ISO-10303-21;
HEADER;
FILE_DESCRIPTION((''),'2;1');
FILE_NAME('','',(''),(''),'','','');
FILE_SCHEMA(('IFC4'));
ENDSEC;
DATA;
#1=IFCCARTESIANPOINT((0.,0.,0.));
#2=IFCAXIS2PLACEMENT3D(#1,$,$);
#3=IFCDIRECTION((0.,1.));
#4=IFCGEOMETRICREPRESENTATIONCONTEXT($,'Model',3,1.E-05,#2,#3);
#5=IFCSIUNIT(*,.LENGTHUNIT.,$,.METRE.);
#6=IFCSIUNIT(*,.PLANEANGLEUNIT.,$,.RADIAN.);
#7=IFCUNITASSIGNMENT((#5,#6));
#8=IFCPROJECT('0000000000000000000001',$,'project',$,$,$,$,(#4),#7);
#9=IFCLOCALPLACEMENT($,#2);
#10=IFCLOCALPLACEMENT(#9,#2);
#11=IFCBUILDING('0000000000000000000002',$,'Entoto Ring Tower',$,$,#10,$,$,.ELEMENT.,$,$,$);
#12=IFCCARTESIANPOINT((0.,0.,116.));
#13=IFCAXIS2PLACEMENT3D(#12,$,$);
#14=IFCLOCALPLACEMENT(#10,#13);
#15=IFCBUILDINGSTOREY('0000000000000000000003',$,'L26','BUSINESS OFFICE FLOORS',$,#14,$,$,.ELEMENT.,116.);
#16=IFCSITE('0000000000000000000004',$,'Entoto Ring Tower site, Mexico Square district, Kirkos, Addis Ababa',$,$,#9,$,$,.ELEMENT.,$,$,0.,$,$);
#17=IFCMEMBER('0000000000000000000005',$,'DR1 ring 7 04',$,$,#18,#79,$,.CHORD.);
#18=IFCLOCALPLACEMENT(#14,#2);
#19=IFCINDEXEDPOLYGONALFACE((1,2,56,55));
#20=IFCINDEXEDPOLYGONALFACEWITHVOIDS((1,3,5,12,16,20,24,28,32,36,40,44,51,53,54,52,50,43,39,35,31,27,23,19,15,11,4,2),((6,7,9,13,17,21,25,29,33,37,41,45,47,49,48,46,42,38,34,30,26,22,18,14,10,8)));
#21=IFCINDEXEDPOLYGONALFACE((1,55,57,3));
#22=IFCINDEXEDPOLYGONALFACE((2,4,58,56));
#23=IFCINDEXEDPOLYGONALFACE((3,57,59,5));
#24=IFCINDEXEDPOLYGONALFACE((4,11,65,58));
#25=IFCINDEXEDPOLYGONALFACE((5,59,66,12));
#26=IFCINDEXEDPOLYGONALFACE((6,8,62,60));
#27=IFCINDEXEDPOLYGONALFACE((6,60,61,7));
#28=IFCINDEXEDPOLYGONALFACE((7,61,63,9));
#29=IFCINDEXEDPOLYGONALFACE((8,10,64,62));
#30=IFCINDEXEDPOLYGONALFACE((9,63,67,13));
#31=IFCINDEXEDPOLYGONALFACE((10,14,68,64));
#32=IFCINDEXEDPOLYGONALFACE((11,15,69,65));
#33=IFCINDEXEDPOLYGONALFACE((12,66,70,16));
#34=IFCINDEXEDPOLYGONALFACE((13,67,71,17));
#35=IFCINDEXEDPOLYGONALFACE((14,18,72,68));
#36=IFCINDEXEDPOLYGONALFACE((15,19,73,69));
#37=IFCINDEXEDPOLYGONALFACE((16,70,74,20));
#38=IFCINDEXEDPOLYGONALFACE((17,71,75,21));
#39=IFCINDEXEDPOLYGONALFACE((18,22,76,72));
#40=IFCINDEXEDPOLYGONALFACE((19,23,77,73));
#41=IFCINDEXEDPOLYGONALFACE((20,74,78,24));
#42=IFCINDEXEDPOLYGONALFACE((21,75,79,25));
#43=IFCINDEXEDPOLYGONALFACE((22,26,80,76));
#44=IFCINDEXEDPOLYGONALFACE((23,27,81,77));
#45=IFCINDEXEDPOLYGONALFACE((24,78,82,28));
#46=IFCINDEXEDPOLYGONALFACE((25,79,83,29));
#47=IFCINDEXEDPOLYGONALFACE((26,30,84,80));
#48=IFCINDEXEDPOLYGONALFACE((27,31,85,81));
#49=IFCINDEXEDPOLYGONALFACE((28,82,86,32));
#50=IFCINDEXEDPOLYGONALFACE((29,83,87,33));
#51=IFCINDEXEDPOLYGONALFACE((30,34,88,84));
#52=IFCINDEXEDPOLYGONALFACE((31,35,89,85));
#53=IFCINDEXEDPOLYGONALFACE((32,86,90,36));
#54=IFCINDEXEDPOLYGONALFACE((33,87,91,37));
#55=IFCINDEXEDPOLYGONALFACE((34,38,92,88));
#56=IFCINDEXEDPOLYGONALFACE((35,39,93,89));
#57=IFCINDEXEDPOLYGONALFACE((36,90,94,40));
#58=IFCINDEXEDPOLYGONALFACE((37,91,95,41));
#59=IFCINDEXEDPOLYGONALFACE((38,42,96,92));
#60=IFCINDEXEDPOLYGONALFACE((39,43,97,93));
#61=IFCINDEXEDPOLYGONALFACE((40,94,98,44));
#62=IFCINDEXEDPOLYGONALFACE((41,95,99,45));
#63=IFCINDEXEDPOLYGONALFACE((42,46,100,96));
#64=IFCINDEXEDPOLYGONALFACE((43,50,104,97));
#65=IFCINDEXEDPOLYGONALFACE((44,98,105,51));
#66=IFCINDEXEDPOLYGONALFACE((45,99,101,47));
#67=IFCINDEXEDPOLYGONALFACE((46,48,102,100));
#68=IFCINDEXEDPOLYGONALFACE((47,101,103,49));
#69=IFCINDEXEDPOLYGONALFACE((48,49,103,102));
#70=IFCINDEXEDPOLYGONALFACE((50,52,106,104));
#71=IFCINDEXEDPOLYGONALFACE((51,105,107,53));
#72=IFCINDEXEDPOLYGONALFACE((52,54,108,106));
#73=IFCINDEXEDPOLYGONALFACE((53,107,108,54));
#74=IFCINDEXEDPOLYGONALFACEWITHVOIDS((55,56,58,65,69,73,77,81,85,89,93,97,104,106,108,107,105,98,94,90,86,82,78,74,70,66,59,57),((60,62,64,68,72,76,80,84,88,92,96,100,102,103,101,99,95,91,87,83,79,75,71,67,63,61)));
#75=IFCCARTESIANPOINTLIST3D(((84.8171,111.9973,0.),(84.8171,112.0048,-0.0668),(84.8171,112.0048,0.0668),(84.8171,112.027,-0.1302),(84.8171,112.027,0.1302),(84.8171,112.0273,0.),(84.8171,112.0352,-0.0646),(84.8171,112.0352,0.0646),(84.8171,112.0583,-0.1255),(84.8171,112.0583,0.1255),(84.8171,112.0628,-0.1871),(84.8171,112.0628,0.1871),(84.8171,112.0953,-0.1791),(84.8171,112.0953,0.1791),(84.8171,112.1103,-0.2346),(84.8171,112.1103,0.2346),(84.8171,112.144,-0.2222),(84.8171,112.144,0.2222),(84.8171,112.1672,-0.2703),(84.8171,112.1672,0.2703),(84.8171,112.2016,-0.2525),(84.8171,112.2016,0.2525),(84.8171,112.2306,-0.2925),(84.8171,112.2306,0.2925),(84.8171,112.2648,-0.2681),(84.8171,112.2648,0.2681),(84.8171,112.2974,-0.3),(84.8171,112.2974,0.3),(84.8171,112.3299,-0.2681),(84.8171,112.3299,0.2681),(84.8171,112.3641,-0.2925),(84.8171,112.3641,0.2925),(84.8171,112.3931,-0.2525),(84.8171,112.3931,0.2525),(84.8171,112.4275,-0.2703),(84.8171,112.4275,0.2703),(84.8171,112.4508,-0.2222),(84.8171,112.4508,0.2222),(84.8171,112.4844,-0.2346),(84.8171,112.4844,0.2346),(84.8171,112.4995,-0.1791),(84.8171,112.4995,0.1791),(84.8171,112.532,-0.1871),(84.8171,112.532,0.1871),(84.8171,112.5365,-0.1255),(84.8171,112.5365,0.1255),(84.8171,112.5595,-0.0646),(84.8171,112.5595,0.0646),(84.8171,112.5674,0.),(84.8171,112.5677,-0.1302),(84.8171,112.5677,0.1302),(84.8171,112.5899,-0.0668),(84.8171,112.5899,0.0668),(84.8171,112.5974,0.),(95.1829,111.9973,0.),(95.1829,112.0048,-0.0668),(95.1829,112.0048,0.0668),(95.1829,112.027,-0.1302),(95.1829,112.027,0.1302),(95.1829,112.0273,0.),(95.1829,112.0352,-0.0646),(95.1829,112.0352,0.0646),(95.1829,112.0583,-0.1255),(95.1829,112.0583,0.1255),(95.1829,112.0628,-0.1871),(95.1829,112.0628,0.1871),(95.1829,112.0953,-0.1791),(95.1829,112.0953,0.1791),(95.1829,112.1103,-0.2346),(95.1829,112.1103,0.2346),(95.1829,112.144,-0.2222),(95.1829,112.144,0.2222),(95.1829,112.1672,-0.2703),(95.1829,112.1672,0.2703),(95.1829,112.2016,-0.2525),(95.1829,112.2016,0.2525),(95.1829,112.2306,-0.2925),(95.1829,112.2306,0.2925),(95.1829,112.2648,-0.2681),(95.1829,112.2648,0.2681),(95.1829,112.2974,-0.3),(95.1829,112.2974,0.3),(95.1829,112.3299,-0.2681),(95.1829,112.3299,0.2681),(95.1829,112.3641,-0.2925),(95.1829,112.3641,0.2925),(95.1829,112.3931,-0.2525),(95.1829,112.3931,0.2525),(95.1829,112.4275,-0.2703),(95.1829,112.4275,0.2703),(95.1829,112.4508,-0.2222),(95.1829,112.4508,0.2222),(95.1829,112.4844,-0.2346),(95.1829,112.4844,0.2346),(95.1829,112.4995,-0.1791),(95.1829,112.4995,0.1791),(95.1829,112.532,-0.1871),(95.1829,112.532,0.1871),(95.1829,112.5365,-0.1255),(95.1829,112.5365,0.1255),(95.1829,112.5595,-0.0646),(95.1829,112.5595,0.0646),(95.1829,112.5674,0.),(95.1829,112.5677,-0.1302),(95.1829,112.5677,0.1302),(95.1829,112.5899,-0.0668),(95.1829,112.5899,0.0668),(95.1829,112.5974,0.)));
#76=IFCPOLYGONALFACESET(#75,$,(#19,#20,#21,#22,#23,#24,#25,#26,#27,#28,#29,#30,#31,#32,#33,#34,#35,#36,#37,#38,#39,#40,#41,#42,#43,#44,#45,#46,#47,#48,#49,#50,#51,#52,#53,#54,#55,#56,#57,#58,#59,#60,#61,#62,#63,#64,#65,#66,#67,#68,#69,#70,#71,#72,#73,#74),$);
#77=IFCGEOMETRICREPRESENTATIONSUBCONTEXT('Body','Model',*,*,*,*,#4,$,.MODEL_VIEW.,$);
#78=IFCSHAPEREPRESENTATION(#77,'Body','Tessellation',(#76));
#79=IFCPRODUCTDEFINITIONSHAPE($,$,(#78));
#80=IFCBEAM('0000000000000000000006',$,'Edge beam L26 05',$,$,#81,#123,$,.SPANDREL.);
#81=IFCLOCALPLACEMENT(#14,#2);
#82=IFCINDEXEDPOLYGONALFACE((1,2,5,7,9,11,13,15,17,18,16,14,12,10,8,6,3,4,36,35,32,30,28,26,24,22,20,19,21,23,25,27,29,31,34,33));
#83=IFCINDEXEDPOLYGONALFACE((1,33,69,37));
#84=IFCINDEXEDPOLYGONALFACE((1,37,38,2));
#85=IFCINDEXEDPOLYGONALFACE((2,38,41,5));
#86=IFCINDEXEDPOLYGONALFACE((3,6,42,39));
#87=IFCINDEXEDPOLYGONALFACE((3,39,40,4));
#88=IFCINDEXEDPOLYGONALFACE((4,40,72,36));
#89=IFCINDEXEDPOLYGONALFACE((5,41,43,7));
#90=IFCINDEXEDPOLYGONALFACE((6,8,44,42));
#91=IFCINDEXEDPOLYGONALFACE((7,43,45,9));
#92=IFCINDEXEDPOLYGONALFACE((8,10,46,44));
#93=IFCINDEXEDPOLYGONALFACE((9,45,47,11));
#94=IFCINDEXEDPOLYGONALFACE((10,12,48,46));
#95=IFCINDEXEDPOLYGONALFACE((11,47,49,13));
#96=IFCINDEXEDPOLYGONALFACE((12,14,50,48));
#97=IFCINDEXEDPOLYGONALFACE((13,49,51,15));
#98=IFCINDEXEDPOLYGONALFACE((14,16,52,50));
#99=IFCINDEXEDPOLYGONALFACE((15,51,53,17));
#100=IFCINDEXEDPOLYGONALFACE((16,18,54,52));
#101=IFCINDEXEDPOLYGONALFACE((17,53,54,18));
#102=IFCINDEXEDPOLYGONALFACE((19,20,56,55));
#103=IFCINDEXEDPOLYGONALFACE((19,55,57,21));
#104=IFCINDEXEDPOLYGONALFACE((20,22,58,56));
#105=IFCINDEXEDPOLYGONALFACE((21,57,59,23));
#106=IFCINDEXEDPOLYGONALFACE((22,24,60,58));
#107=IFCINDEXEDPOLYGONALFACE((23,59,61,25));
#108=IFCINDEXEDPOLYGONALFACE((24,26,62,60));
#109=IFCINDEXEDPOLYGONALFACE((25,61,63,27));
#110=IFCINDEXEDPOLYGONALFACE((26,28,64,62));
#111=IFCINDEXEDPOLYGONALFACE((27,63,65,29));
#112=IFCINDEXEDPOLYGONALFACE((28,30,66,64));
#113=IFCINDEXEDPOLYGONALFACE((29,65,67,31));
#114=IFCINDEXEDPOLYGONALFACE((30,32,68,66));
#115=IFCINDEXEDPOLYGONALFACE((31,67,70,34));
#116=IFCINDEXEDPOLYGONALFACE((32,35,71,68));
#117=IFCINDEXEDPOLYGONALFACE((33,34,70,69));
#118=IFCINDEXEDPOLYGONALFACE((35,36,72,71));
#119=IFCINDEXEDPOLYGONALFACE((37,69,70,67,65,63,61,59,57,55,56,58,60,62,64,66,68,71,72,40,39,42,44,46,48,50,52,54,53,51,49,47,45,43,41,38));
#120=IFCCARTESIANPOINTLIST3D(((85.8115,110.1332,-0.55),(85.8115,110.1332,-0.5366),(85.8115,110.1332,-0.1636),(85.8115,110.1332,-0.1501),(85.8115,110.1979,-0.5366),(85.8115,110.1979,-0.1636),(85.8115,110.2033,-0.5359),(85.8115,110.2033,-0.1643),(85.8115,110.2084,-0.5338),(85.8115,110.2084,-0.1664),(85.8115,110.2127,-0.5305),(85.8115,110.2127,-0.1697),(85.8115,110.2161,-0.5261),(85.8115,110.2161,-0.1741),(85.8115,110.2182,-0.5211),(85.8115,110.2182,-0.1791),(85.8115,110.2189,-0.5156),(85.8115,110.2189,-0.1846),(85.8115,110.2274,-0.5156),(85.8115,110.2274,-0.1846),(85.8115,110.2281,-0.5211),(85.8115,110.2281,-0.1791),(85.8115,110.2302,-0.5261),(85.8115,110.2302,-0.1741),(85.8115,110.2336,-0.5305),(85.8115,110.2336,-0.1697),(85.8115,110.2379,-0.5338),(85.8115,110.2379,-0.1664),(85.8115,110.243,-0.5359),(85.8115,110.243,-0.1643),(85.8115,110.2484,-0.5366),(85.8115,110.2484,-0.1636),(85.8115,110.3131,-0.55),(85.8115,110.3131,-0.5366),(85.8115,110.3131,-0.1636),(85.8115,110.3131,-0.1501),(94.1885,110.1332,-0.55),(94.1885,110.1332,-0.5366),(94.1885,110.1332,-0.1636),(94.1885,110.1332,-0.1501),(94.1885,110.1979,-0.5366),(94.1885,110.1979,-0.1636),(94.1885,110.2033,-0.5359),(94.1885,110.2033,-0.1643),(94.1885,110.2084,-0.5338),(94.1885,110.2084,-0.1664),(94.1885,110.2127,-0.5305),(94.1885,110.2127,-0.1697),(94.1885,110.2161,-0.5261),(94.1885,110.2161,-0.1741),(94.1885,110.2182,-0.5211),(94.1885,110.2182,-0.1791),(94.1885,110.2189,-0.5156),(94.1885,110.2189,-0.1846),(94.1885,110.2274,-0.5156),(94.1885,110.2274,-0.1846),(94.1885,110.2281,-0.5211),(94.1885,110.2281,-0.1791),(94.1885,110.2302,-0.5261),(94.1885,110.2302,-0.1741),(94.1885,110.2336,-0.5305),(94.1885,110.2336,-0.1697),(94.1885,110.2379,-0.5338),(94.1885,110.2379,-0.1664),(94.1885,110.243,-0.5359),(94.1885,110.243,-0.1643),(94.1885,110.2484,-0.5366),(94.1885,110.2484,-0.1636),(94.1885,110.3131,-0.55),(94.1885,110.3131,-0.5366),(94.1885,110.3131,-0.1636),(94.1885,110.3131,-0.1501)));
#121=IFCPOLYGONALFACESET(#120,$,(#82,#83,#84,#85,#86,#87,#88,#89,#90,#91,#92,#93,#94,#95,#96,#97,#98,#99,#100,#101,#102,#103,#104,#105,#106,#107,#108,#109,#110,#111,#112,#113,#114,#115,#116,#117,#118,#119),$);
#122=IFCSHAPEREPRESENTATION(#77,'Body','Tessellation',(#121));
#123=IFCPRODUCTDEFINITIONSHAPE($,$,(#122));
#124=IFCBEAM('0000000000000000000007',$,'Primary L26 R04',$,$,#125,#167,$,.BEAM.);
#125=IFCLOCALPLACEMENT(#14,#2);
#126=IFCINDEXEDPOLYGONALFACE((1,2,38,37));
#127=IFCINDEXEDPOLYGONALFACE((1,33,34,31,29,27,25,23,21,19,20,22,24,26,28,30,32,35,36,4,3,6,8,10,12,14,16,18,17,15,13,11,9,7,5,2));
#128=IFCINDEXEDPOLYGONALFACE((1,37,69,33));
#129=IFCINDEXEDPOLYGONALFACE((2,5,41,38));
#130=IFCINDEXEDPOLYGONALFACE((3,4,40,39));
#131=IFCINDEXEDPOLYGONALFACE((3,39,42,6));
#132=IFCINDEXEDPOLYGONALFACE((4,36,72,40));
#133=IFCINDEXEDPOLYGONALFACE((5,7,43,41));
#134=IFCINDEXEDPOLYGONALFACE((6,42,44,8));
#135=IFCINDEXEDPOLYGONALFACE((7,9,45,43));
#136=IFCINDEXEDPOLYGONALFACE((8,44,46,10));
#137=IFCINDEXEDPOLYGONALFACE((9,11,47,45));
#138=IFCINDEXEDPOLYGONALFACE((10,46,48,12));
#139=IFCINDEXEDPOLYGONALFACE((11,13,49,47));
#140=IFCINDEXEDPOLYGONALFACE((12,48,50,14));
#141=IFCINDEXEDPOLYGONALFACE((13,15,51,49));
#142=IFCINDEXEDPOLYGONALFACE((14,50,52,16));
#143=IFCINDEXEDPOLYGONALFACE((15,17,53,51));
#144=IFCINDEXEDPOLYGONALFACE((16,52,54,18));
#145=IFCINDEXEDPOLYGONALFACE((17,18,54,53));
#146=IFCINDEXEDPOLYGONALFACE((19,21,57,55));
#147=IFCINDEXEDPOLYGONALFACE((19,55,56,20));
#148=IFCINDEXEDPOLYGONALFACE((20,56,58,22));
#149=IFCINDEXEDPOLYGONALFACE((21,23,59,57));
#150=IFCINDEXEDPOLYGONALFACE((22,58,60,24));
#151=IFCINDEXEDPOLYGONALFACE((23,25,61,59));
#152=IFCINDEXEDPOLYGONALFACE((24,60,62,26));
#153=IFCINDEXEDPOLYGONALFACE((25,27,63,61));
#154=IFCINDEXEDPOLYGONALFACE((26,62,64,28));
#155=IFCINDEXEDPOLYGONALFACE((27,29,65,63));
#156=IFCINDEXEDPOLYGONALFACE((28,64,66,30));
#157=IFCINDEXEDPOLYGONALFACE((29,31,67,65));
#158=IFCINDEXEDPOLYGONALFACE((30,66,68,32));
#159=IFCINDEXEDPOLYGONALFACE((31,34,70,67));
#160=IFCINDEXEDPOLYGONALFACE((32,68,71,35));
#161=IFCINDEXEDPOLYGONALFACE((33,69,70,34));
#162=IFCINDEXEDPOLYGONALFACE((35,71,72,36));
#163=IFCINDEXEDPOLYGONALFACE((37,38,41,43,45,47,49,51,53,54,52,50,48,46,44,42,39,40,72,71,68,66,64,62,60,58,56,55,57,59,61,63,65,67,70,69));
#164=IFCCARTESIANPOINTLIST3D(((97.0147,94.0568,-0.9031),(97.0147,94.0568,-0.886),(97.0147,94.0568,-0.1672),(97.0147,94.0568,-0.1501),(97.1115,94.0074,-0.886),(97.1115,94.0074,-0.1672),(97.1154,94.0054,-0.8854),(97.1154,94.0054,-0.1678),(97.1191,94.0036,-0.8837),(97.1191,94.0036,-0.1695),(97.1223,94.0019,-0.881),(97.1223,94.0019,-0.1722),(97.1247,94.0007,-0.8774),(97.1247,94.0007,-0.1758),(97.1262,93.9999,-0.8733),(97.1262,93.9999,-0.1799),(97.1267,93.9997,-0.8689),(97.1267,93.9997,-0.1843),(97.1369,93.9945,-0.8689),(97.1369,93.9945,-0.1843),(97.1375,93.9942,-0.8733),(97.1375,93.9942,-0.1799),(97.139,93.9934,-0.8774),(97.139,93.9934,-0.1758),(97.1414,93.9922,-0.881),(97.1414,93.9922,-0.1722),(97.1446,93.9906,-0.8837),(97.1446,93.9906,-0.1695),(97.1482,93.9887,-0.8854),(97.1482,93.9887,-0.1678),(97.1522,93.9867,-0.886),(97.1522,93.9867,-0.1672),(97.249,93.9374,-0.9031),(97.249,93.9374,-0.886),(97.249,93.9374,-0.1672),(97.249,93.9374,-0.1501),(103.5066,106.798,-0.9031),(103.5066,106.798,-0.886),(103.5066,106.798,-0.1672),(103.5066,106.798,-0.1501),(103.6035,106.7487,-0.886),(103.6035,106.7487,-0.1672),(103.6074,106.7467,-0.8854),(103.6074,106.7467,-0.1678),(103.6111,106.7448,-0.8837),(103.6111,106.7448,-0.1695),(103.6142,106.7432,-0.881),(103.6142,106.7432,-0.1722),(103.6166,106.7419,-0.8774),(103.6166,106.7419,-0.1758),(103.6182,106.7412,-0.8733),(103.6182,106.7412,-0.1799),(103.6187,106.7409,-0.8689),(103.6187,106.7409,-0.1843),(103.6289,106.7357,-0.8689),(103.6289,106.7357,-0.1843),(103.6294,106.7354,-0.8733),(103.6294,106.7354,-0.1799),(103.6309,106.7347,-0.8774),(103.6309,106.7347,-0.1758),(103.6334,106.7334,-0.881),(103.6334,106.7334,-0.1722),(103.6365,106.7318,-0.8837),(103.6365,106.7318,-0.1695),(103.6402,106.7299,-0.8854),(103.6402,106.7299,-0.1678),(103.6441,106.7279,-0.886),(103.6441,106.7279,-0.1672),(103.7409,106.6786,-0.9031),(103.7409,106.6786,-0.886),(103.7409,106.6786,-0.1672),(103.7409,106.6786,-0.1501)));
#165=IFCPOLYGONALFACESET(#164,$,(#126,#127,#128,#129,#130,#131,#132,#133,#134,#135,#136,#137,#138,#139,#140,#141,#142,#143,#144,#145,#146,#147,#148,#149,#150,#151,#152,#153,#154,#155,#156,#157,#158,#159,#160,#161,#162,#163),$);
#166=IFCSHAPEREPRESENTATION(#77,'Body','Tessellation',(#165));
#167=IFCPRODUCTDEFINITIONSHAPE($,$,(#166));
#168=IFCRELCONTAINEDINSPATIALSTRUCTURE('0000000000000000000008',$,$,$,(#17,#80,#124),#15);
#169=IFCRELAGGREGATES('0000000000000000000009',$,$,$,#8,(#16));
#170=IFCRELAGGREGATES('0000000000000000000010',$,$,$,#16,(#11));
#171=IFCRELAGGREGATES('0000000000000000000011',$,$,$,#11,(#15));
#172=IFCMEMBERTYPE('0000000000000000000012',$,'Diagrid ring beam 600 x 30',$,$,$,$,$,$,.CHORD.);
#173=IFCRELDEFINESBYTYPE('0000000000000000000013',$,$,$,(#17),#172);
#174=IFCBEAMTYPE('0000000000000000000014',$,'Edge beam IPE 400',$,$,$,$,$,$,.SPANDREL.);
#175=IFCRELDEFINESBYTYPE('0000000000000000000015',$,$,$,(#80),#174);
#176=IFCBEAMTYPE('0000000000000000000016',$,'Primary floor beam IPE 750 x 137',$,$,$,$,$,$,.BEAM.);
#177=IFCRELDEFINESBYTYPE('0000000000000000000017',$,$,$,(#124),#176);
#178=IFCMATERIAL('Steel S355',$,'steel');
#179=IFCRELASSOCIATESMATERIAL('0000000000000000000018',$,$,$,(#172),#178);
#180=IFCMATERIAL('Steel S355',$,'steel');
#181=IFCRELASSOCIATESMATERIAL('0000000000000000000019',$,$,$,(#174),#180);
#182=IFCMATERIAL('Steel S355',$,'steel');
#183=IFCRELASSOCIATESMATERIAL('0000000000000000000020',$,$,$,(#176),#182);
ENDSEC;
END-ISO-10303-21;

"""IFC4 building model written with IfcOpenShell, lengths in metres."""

from ifc_helpers import new_model, si_unit, direction, frame, origin, origin_2d, place, context, subcontext, project, spatial, circle, hollow_circle, i_section, extrude, material, material_profile, profile_set, type_object, element, save


model = new_model("IFC4")

# Units and contexts
model_context = context("Model", 3, precision=1e-05, world=origin(), true_north=direction((0.0, 1.0)))
body_context = subcontext(model_context, "Body", "Model", "MODEL_VIEW")
ifc_project = project(units=[si_unit("LENGTHUNIT", "METRE"), si_unit("PLANEANGLEUNIT", "RADIAN")], contexts=[model_context])

# Site, building, storey
site_placement = place(None, origin())
site = spatial("IfcSite", under=ifc_project, at=site_placement, Name="Entoto Ring Tower site, Mexico Square district, Kirkos, Addis Ababa", CompositionType="ELEMENT", RefElevation=0.0)
building_placement = place(site_placement, origin())
building = spatial("IfcBuilding", under=site, at=building_placement, Name="Entoto Ring Tower", CompositionType="ELEMENT")
storey_placement = place(building_placement, frame((0.0, 0.0, 116.0)))
storey = spatial("IfcBuildingStorey", under=building, at=storey_placement, Name="L26", Description="BUSINESS OFFICE FLOORS", CompositionType="ELEMENT", Elevation=116.0)

# Member
ifc_material_1 = material(Name="Steel S355", Category="steel")
ifc_material_profile_1 = material_profile(ifc_material_1, hollow_circle(Radius=0.3, WallThickness=0.03, at=origin_2d()), Name="CHS 600 x 30")
ifc_material_2 = material(Name="Concrete C60/75", Category="concrete")
ifc_material_profile_2 = material_profile(ifc_material_2, circle(Radius=0.27, at=origin_2d()), Name="Concrete C60/75 infill")
ifc_profile_set_1 = profile_set([ifc_material_profile_1, ifc_material_profile_2], Name="Steel S355")
member_type = type_object("IfcMemberType", Name="Diagrid ring beam 600 x 30", PredefinedType="CHORD", material=ifc_profile_set_1)
member_placement = place(storey_placement, frame((95.1829, 112.2974, 0.0), z_axis=(-1.0, 0.0, 0.0), x_axis=(0.0, -1.0, 0.0)))
element("IfcMember", 1, at=member_placement, inside=storey, type_object=member_type, Name="DR1 ring 7 04", PredefinedType="CHORD", context=body_context, shape_type="SweptSolid", body=[
    extrude(hollow_circle(Radius=0.3, WallThickness=0.03, at=origin_2d()), origin(), (0.0, 0.0, 1.0), 10.3657),
])

# Beams
ifc_material_3 = material(Name="Steel S355", Category="steel")
ifc_material_profile_3 = material_profile(ifc_material_3, i_section(OverallWidth=0.1799, OverallDepth=0.3999, WebThickness=0.0085, FlangeThickness=0.0134, FilletRadius=0.021, at=origin_2d()), Name="IPE 400")
ifc_profile_set_2 = profile_set([ifc_material_profile_3], Name="Steel S355")
beam_type_1 = type_object("IfcBeamType", Name="Edge beam IPE 400", PredefinedType="SPANDREL", material=ifc_profile_set_2)
beam_1_placement = place(storey_placement, frame((94.1885, 110.2231, -0.3501), z_axis=(-1.0, 0.0, 0.0), x_axis=(0.0, -1.0, 0.0)))
element("IfcBeam", 2, at=beam_1_placement, inside=storey, type_object=beam_type_1, Name="Edge beam L26 05", PredefinedType="SPANDREL", context=body_context, shape_type="SweptSolid", body=[
    extrude(i_section(OverallWidth=0.1799, OverallDepth=0.3999, WebThickness=0.0085, FlangeThickness=0.0134, FilletRadius=0.021, at=origin_2d()), origin(), (0.0, 0.0, 1.0), 8.377),
])
ifc_material_4 = material(Name="Steel S355", Category="steel")
ifc_material_profile_4 = material_profile(ifc_material_4, i_section(OverallWidth=0.2629, OverallDepth=0.7529, WebThickness=0.0115, FlangeThickness=0.0171, FilletRadius=0.0171, at=origin_2d()), Name="IPE 750 x 137")
ifc_profile_set_3 = profile_set([ifc_material_profile_4], Name="Steel S355")
beam_type_2 = type_object("IfcBeamType", Name="Primary floor beam IPE 750 x 137", PredefinedType="BEAM", material=ifc_profile_set_3)
beam_2_placement = place(storey_placement, frame((97.1318, 93.9971, -0.5266), z_axis=(0.453989, 0.891007, 0.0), x_axis=(-0.891007, 0.453989, 0.0)))
element("IfcBeam", 3, at=beam_2_placement, inside=storey, type_object=beam_type_2, Name="Primary L26 R04", PredefinedType="BEAM", context=body_context, shape_type="SweptSolid", body=[
    extrude(i_section(OverallWidth=0.2629, OverallDepth=0.7529, WebThickness=0.0115, FlangeThickness=0.0171, FilletRadius=0.0171, at=origin_2d()), origin(), (0.0, 0.0, 1.0), 14.2998),
])

save(model, "model.ifc")
